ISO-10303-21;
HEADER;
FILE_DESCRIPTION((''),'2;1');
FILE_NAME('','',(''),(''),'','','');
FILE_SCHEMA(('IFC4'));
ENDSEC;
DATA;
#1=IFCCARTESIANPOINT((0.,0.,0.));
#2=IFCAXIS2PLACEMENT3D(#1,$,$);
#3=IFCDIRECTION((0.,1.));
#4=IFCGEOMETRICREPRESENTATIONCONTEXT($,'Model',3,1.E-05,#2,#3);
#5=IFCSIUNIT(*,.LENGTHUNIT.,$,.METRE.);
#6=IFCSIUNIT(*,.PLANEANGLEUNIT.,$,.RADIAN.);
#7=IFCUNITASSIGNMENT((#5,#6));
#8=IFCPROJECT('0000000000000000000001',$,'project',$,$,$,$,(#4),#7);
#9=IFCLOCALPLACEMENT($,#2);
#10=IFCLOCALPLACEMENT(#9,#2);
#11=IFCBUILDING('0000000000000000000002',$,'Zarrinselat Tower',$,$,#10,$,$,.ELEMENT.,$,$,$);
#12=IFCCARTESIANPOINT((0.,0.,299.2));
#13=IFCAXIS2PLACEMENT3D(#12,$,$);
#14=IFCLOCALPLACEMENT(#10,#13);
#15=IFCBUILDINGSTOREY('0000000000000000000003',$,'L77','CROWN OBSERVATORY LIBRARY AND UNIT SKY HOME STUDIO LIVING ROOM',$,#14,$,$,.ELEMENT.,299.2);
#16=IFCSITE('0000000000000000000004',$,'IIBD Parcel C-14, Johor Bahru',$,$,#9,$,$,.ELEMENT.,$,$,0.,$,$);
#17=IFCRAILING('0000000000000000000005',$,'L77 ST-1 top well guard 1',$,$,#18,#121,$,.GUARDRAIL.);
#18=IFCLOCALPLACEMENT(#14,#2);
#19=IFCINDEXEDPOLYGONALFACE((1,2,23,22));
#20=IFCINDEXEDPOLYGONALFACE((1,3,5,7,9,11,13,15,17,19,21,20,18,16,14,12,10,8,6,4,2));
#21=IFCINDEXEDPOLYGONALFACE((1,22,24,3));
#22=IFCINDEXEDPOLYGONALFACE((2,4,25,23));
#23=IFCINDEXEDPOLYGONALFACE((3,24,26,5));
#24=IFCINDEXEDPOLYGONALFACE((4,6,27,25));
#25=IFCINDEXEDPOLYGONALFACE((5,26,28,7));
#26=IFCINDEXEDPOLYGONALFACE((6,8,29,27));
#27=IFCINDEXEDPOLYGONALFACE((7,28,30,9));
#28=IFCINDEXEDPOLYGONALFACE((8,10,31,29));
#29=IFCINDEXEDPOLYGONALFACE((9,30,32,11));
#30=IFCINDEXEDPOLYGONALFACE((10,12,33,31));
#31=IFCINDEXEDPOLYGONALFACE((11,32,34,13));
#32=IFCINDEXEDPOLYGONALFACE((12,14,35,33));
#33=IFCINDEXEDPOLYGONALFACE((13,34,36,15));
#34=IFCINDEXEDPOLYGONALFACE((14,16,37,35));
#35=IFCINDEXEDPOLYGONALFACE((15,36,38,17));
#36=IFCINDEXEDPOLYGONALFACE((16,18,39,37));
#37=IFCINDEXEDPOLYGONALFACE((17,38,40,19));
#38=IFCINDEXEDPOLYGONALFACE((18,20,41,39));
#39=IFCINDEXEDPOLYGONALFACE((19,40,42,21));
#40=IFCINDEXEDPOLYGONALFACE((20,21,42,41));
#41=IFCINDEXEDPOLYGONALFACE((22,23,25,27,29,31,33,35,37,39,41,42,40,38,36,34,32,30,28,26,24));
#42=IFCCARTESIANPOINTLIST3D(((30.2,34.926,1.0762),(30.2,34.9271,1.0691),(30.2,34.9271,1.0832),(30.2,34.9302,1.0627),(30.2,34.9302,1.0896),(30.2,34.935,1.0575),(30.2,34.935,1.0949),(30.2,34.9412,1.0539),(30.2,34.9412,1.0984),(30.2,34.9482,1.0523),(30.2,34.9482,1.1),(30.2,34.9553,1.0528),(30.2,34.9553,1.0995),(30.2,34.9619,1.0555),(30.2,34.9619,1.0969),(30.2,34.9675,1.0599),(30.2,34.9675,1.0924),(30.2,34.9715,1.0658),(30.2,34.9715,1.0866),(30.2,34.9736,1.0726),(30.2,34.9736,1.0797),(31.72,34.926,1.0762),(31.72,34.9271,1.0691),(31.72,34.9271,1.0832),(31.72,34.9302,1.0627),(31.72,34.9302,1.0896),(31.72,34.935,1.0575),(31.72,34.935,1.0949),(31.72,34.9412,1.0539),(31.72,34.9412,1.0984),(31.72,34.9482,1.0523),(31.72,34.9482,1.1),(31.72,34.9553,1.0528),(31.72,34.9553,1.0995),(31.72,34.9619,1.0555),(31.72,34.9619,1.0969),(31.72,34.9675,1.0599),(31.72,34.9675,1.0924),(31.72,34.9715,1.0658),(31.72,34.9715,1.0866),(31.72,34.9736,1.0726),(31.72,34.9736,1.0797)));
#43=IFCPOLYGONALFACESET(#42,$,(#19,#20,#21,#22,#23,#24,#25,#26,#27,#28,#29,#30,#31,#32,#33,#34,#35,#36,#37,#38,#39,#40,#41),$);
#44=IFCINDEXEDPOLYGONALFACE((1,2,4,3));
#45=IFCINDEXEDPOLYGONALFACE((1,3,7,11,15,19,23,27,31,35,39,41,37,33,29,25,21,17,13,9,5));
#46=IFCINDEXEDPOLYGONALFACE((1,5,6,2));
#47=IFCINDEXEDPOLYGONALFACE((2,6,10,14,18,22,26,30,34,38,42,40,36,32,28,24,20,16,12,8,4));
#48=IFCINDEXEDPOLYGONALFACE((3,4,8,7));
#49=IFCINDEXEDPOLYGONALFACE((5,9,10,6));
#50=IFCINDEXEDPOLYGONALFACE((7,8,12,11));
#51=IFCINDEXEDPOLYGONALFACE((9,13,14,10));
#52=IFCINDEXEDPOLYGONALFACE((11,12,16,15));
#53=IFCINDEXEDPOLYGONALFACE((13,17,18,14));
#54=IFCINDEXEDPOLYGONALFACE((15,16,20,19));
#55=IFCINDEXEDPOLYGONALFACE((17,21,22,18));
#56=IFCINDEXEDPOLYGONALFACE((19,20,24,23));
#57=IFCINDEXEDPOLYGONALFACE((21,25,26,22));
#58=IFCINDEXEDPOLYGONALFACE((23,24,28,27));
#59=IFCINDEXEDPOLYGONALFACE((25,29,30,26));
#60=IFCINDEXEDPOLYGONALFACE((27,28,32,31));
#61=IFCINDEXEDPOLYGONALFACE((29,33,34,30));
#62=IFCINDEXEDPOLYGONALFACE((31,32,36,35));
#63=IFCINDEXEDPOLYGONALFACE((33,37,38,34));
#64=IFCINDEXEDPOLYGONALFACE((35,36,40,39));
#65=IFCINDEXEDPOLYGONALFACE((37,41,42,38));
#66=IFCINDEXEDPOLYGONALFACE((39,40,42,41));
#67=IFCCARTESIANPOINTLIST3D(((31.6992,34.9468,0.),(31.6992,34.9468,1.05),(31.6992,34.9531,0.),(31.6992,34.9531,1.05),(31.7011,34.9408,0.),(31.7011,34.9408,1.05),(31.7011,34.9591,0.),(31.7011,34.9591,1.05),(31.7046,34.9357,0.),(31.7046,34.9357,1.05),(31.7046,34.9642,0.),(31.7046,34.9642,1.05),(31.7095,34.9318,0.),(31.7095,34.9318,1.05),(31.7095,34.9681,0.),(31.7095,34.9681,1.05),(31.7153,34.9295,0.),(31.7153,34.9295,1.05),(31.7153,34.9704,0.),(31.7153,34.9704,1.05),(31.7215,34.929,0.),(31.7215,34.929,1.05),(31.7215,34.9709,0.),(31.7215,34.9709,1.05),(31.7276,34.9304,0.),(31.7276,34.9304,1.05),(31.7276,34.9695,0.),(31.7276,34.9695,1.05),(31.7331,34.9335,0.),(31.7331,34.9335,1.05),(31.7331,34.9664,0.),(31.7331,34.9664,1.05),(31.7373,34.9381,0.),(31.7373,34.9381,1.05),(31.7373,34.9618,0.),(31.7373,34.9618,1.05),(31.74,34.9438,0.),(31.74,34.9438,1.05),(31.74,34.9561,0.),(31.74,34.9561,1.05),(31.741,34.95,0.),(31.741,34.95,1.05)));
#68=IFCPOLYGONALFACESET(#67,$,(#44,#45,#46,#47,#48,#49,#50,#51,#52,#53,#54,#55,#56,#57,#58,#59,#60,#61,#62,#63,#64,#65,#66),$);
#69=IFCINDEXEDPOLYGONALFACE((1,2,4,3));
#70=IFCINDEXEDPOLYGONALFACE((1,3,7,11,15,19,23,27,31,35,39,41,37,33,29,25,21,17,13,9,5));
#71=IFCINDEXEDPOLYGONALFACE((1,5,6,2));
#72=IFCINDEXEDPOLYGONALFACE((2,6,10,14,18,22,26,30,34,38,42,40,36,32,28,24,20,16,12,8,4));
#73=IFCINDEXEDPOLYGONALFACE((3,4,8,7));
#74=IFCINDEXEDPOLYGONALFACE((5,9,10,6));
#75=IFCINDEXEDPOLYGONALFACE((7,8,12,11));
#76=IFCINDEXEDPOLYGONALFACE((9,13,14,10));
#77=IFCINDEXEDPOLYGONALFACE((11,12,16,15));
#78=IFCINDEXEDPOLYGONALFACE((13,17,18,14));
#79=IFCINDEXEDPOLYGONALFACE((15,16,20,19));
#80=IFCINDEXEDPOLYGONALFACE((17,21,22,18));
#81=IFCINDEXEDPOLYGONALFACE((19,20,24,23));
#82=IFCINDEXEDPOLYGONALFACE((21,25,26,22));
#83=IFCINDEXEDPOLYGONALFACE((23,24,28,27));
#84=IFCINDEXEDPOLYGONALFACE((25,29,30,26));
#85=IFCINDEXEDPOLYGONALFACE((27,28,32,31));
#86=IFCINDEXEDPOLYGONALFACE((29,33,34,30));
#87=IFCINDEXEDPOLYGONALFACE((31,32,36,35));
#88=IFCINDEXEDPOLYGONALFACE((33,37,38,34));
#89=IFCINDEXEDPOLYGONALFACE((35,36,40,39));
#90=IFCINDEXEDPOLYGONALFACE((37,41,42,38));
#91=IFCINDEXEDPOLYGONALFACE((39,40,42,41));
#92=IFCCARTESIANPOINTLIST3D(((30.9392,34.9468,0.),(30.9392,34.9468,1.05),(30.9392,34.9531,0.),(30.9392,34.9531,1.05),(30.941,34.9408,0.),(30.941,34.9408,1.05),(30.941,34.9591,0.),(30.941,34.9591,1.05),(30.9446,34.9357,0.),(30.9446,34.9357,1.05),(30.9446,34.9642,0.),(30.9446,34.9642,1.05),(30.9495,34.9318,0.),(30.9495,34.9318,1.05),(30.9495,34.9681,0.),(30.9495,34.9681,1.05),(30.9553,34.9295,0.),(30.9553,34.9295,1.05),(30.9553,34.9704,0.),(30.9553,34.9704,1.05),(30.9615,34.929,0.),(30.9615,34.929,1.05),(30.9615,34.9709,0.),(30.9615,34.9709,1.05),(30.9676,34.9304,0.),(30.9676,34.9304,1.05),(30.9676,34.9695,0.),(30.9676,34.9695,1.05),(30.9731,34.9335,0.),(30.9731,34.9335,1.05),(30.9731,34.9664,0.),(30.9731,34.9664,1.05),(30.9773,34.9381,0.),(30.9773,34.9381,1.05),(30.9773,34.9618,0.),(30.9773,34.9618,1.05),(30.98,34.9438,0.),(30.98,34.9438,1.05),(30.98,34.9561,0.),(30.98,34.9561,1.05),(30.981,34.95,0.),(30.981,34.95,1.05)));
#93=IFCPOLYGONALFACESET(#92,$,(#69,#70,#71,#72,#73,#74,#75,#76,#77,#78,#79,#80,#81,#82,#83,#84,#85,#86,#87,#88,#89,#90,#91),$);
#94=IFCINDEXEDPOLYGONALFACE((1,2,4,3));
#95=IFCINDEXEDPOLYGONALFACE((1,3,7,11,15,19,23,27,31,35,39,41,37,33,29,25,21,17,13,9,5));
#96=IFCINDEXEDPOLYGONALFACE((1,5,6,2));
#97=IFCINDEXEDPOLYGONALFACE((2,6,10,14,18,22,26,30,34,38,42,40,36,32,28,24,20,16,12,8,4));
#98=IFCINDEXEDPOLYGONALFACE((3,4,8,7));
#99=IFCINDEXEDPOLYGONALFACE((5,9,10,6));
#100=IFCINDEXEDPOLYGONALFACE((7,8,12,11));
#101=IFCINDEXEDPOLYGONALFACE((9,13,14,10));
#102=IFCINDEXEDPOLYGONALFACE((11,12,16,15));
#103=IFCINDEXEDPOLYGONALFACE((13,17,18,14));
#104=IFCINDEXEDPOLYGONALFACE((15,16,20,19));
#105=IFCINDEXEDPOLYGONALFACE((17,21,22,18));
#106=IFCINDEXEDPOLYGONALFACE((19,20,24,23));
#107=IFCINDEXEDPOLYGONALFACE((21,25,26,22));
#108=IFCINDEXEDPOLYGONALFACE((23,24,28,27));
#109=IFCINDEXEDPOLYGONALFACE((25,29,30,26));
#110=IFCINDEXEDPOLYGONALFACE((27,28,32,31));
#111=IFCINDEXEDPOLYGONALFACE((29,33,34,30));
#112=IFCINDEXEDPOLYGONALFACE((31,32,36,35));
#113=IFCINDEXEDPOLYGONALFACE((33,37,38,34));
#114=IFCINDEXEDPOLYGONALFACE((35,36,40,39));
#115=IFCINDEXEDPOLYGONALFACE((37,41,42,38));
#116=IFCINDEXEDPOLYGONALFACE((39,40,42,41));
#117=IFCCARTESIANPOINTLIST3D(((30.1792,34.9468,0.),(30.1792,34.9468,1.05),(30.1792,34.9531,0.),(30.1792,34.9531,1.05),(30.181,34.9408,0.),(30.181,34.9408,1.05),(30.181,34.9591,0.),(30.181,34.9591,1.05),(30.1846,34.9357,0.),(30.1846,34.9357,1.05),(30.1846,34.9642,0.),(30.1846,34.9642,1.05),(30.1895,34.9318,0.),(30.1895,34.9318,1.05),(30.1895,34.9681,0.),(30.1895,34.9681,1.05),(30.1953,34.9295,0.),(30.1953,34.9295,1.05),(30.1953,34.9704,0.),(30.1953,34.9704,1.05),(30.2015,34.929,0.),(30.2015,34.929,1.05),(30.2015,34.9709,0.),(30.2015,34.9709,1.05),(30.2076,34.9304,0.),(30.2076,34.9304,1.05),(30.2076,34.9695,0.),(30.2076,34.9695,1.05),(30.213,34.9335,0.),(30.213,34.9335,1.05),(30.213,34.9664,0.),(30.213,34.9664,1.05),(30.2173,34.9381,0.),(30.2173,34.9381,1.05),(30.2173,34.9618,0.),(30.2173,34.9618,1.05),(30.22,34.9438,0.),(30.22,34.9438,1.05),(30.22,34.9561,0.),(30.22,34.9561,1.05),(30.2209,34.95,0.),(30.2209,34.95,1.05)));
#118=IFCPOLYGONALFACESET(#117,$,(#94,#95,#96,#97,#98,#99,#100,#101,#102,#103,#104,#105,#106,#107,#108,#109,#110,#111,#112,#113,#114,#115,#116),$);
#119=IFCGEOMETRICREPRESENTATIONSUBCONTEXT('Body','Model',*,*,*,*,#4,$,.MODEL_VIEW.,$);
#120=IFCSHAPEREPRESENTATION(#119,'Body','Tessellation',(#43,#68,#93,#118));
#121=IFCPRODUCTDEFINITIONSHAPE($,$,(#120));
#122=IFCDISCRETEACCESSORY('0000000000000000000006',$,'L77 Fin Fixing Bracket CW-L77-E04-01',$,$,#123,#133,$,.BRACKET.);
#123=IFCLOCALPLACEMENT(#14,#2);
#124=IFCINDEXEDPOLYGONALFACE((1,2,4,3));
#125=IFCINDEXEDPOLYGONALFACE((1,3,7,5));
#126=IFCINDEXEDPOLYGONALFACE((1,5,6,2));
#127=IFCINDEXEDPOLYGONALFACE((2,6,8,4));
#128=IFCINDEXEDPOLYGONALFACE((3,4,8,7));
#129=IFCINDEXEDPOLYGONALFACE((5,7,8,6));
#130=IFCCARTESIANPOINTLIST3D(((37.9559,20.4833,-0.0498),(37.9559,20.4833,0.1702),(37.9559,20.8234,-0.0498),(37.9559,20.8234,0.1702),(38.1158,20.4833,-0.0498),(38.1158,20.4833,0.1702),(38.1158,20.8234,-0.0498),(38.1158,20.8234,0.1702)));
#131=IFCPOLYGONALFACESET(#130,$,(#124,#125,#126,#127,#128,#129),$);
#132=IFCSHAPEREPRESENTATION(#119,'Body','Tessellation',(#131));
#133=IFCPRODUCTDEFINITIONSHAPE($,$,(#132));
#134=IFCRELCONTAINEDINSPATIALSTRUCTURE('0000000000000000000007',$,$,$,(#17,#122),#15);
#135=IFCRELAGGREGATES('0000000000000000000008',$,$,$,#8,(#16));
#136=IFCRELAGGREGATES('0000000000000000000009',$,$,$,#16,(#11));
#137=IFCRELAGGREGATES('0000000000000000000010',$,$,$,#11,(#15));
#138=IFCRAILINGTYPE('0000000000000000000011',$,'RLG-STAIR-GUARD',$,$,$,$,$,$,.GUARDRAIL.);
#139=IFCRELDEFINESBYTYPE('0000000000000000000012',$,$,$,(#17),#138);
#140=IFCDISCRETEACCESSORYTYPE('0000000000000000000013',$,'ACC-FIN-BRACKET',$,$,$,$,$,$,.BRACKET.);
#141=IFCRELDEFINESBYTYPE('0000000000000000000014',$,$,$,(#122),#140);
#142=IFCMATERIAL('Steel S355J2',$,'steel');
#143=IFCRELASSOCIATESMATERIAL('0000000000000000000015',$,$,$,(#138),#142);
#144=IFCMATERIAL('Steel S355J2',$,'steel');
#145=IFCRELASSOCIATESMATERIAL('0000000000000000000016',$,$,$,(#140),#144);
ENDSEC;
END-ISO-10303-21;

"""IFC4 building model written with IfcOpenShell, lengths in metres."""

from ifc_helpers import new_model, si_unit, direction, frame, origin, origin_2d, place, context, subcontext, project, spatial, rectangle, circle, extrude, material, type_object, element, save


model = new_model("IFC4")

# Units and contexts
model_context = context("Model", 3, precision=1e-05, world=origin(), true_north=direction((0.0, 1.0)))
body_context = subcontext(model_context, "Body", "Model", "MODEL_VIEW")
ifc_project = project(units=[si_unit("LENGTHUNIT", "METRE"), si_unit("PLANEANGLEUNIT", "RADIAN")], contexts=[model_context])

# Site, building, storey
site_placement = place(None, origin())
site = spatial("IfcSite", under=ifc_project, at=site_placement, Name="IIBD Parcel C-14, Johor Bahru", CompositionType="ELEMENT", RefElevation=0.0)
building_placement = place(site_placement, origin())
building = spatial("IfcBuilding", under=site, at=building_placement, Name="Zarrinselat Tower", CompositionType="ELEMENT")
storey_placement = place(building_placement, frame((0.0, 0.0, 299.2)))
storey = spatial("IfcBuildingStorey", under=building, at=storey_placement, Name="L77", Description="CROWN OBSERVATORY LIBRARY AND UNIT SKY HOME STUDIO LIVING ROOM", CompositionType="ELEMENT", Elevation=299.2)

# Railing
ifc_material_1 = material(Name="Steel S355J2", Category="steel")
railing_type_1 = type_object("IfcRailingType", Name="RLG-STAIR-GUARD", PredefinedType="GUARDRAIL", material=ifc_material_1)
railing_1_placement = place(storey_placement, frame((31.72, 34.95, 0.0)))
element("IfcRailing", 1, at=railing_1_placement, inside=storey, type_object=railing_type_1, Name="L77 ST-1 top well guard 1", PredefinedType="GUARDRAIL", context=body_context, shape_type="SweptSolid", body=[
    extrude(circle(Radius=0.0239, at=origin_2d()), frame((0.0, 0.0, 1.0762), z_axis=(-1.0, 0.0, 0.0), x_axis=(0.0, -1.0, 0.0)), (0.0, 0.0, 1.0), 1.52),
    extrude(circle(Radius=0.021, at=origin_2d()), origin(), (0.0, 0.0, 1.0), 1.05),
    extrude(circle(Radius=0.021, at=origin_2d()), frame((-0.76, 0.0, 0.0)), (0.0, 0.0, 1.0), 1.05),
    extrude(circle(Radius=0.021, at=origin_2d()), frame((-1.52, 0.0, 0.0)), (0.0, 0.0, 1.0), 1.05),
])

# Discrete accessory
ifc_material_2 = material(Name="Steel S355J2", Category="steel")
discrete_accessory_type = type_object("IfcDiscreteAccessoryType", Name="ACC-FIN-BRACKET", PredefinedType="BRACKET", material=ifc_material_2)
discrete_accessory_placement = place(storey_placement, frame((38.0359, 20.6533, -0.0498), z_axis=(0.0, 0.0, 1.0), x_axis=(0.0, -1.0, 0.0)))
element("IfcDiscreteAccessory", 2, at=discrete_accessory_placement, inside=storey, type_object=discrete_accessory_type, Name="L77 Fin Fixing Bracket CW-L77-E04-01", PredefinedType="BRACKET", context=body_context, shape_type="SweptSolid", body=[
    extrude(rectangle(XDim=0.3401, YDim=0.1599, at=origin_2d()), origin(), (0.0, 0.0, 1.0), 0.22),
])

save(model, "model.ifc")
